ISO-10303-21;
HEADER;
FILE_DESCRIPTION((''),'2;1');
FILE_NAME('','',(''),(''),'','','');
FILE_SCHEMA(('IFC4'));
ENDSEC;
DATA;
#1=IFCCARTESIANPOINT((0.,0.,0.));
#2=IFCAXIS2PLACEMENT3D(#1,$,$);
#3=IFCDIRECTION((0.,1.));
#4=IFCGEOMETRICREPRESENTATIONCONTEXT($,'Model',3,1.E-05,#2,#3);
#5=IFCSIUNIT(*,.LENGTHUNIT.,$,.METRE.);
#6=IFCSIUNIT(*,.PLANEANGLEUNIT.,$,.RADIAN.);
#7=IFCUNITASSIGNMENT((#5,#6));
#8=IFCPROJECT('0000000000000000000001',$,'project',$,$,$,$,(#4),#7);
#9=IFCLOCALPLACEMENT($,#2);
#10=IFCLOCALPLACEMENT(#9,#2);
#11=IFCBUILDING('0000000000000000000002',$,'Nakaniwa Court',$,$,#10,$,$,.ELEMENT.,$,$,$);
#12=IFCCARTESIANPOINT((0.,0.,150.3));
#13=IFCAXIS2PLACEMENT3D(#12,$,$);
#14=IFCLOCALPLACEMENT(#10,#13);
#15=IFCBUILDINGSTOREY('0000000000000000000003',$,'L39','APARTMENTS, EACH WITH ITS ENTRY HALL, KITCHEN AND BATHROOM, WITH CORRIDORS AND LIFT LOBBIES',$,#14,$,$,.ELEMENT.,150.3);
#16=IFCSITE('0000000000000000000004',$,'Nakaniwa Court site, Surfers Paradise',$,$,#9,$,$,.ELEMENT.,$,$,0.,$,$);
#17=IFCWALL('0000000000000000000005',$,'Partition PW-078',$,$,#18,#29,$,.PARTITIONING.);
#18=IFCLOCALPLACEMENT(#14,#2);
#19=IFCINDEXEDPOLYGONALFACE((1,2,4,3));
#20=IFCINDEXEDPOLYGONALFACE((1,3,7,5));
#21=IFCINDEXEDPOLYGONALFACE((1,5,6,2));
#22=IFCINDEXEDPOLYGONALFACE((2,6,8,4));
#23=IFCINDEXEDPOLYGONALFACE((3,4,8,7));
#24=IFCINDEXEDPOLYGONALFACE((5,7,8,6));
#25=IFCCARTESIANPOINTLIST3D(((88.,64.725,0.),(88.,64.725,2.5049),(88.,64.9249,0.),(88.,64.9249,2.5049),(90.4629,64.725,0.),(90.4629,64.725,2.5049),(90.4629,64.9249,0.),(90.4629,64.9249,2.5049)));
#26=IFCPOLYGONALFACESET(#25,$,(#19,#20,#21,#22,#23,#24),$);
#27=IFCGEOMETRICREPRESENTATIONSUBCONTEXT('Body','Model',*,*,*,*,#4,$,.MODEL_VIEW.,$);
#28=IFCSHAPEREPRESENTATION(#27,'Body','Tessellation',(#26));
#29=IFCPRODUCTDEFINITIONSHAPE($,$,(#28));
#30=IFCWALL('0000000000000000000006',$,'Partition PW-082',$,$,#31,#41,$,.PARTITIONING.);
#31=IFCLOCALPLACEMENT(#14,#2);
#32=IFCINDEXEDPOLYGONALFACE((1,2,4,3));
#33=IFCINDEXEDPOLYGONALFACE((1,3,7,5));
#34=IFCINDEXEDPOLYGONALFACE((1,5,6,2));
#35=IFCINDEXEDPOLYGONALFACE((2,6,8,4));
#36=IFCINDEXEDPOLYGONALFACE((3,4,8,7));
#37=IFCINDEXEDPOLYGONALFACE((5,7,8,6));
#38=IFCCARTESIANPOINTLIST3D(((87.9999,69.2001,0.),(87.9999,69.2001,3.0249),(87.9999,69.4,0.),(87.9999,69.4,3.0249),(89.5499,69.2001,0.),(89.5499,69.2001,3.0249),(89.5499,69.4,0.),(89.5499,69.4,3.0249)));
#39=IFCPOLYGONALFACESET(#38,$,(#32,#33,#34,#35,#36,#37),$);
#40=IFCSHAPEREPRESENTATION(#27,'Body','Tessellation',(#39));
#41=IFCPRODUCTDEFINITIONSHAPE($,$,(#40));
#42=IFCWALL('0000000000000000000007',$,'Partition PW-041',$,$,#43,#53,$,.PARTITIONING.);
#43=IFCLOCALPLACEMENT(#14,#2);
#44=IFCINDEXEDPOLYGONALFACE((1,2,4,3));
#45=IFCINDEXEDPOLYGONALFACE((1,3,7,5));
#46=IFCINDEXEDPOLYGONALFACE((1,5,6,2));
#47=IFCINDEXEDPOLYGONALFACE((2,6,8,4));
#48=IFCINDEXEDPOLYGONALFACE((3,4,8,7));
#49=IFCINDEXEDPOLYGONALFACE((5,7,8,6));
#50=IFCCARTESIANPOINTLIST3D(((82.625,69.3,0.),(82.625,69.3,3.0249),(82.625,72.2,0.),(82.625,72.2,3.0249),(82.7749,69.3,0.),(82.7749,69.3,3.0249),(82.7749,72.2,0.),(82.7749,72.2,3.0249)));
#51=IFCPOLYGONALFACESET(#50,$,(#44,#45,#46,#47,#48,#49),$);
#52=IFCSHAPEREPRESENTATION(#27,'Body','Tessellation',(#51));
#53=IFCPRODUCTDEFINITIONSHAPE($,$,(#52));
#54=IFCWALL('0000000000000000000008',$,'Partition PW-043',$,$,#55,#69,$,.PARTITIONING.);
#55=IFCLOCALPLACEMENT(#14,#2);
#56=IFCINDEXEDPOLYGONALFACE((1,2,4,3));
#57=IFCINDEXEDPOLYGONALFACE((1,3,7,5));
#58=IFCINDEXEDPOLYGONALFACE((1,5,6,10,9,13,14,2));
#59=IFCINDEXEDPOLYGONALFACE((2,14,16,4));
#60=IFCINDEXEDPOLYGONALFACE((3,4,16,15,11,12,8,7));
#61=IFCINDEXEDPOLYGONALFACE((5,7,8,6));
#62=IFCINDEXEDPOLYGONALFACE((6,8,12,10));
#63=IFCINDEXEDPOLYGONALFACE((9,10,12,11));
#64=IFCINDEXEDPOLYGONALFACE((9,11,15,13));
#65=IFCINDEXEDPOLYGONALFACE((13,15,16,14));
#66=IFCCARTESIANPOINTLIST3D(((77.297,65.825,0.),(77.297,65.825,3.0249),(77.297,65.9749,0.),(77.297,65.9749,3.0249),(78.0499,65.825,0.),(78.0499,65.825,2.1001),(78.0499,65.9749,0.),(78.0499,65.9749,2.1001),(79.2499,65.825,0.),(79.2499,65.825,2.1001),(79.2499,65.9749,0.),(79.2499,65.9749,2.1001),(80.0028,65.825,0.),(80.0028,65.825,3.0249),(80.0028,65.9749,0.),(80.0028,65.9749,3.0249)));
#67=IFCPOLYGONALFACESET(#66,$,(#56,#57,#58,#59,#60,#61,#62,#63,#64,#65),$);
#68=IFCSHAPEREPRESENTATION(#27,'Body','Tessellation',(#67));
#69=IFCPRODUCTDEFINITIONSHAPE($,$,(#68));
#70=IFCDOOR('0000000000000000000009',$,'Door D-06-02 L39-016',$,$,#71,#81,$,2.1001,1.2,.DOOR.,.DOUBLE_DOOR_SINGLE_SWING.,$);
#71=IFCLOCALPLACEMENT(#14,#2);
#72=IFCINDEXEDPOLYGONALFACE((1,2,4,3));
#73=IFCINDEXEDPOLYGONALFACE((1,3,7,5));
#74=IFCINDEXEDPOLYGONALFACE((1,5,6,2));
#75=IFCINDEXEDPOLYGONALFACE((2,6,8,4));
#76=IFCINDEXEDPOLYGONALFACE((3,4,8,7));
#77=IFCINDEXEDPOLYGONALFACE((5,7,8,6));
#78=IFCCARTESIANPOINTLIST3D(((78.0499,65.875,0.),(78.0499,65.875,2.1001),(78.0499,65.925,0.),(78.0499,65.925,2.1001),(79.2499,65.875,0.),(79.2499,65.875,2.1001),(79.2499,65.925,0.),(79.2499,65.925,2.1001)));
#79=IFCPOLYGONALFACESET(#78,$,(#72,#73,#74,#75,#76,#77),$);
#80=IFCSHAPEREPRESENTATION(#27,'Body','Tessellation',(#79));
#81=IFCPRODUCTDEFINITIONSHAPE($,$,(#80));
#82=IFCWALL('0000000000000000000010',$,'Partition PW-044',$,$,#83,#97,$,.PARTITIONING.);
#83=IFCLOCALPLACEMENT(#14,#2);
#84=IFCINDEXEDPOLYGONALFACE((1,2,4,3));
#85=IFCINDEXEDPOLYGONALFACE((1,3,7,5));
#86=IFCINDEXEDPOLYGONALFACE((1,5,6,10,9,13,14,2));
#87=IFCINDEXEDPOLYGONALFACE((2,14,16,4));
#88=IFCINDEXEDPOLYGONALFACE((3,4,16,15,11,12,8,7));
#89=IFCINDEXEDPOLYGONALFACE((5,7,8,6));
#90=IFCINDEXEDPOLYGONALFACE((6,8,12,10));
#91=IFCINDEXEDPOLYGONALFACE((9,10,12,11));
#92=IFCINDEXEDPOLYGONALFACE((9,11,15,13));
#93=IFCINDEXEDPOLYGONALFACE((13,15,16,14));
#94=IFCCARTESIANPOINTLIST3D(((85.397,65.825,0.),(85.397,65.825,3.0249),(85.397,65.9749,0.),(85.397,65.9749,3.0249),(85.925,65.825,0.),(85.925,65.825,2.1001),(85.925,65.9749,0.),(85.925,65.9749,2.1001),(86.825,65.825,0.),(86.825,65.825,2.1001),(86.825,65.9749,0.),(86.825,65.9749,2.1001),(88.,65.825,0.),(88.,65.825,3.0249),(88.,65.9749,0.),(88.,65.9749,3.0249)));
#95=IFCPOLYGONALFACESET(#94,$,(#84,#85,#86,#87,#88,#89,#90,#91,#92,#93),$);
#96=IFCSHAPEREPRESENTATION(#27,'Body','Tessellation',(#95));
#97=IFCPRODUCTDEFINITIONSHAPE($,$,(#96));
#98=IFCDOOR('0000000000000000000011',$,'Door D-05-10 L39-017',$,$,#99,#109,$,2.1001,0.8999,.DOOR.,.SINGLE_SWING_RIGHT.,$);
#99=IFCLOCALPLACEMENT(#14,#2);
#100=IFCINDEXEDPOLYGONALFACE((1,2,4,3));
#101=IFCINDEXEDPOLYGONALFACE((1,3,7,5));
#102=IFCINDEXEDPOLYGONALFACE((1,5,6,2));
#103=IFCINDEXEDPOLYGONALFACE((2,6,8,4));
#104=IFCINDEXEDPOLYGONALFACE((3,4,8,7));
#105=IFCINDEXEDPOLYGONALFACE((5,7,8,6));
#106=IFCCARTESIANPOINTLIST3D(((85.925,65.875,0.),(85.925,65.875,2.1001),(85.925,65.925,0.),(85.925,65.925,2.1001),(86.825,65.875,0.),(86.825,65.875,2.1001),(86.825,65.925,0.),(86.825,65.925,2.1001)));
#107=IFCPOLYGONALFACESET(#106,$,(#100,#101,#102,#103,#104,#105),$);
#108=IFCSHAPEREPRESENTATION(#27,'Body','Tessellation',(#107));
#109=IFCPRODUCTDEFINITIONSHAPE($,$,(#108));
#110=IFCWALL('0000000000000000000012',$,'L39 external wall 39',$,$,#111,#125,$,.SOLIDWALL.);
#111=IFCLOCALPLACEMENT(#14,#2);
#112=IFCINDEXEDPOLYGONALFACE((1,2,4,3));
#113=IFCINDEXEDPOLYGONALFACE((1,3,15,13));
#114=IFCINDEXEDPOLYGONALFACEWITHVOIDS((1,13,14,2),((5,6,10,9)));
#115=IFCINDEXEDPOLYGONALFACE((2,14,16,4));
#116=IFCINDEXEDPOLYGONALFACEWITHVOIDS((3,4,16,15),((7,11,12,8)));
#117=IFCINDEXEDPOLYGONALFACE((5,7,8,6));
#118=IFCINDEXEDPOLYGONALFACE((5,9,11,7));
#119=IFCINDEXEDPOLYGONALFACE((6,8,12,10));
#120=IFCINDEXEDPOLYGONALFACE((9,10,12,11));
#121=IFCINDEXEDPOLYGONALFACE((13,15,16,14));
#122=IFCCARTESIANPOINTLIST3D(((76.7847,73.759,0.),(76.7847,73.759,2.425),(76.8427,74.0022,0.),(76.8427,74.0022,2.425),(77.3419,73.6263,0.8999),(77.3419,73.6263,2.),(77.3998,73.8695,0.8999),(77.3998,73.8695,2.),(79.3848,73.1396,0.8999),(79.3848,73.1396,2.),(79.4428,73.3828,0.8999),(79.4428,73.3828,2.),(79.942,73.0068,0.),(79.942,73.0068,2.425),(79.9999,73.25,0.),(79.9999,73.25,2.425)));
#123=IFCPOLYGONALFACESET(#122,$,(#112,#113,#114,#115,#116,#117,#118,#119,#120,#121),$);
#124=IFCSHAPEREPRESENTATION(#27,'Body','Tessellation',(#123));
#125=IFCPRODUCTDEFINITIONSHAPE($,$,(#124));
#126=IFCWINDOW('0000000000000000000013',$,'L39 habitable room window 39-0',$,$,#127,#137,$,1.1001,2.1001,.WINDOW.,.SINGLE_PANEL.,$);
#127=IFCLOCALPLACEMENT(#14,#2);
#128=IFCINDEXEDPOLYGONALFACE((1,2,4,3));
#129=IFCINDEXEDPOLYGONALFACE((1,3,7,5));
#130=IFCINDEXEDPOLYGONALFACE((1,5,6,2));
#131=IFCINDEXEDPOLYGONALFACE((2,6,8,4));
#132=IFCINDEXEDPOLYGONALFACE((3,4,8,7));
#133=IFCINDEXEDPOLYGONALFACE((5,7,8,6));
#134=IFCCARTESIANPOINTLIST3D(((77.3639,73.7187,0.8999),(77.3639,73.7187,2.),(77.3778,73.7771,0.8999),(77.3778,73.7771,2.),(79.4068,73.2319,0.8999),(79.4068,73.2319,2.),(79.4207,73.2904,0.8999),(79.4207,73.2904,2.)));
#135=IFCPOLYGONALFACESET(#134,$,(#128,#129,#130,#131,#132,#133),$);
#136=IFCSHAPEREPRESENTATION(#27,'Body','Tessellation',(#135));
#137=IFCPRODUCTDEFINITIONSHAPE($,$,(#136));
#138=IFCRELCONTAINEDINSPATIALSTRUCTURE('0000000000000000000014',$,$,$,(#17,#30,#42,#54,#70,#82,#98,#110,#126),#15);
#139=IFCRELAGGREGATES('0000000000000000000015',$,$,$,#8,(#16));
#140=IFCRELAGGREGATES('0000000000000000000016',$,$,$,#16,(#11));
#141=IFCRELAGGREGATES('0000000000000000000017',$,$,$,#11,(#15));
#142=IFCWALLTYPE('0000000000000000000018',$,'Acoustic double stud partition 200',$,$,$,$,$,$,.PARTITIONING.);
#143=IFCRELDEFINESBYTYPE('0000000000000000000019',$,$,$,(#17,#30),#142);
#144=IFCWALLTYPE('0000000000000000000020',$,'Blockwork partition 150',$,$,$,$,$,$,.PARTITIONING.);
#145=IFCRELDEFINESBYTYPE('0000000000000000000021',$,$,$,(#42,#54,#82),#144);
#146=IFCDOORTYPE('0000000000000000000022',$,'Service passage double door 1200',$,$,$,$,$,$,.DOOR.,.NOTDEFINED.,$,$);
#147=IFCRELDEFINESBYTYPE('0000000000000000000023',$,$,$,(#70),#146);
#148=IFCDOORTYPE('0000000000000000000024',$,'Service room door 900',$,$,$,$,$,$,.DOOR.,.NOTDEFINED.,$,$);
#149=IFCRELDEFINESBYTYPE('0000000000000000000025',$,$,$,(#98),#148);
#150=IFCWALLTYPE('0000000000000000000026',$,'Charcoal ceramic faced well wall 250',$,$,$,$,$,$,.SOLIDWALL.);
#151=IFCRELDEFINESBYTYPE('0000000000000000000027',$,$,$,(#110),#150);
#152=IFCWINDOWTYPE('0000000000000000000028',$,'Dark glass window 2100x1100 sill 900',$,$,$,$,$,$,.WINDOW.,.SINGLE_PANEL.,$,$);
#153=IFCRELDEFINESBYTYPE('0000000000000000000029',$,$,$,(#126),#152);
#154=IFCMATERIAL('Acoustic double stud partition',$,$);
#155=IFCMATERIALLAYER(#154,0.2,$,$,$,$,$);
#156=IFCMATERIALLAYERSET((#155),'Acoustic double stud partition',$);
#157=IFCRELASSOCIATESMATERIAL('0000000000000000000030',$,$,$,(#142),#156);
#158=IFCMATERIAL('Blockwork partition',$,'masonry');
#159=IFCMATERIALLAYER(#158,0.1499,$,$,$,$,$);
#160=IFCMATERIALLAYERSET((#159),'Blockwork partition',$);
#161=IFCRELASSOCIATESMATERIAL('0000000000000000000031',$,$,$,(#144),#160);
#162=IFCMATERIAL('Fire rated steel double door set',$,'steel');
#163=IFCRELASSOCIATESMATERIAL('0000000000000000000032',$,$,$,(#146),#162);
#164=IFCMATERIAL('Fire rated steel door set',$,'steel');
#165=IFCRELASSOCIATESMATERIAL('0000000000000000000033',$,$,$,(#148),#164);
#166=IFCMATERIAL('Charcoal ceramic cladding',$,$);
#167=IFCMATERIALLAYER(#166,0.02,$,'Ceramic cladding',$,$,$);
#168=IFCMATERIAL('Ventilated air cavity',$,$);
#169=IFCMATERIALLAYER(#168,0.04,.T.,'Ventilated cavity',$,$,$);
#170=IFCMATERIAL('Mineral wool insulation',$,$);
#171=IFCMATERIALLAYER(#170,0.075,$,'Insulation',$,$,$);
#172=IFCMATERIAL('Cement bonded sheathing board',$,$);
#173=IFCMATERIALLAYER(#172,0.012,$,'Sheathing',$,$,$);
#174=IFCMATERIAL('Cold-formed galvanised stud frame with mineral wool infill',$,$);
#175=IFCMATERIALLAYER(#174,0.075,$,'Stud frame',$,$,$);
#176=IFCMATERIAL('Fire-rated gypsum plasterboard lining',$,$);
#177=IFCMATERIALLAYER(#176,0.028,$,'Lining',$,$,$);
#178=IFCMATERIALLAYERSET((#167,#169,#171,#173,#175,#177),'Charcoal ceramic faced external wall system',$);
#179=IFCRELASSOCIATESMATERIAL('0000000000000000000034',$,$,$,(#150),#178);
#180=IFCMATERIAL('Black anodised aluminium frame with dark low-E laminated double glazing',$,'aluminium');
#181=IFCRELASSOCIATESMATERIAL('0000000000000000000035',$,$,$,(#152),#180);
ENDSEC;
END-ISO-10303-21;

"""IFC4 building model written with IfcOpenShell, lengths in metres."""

from ifc_helpers import new_model, si_unit, direction, frame, frame_2d, origin, place, context, subcontext, project, spatial, rectangle, extrude, material, layer, layer_set, type_object, element, fill, save


model = new_model("IFC4")

# Units and contexts
model_context = context("Model", 3, precision=1e-05, world=origin(), true_north=direction((0.0, 1.0)))
body_context = subcontext(model_context, "Body", "Model", "MODEL_VIEW")
ifc_project = project(units=[si_unit("LENGTHUNIT", "METRE"), si_unit("PLANEANGLEUNIT", "RADIAN")], contexts=[model_context])

# Site, building, storey
site_placement = place(None, origin())
site = spatial("IfcSite", under=ifc_project, at=site_placement, Name="Nakaniwa Court site, Surfers Paradise", CompositionType="ELEMENT", RefElevation=0.0)
building_placement = place(site_placement, origin())
building = spatial("IfcBuilding", under=site, at=building_placement, Name="Nakaniwa Court", CompositionType="ELEMENT")
storey_placement = place(building_placement, frame((0.0, 0.0, 150.3)))
storey = spatial("IfcBuildingStorey", under=building, at=storey_placement, Name="L39", Description="APARTMENTS, EACH WITH ITS ENTRY HALL, KITCHEN AND BATHROOM, WITH CORRIDORS AND LIFT LOBBIES", CompositionType="ELEMENT", Elevation=150.3)

# Walls
ifc_material_1 = material(Name="Acoustic double stud partition")
ifc_layer_1 = layer(ifc_material_1, 0.2)
ifc_layer_set_1 = layer_set([ifc_layer_1], Name="Acoustic double stud partition")
wall_type_1 = type_object("IfcWallType", Name="Acoustic double stud partition 200", PredefinedType="PARTITIONING", material=ifc_layer_set_1)
wall_1_placement = place(storey_placement, frame((88.0, 64.825, 0.0), z_axis=(0.0, 0.0, 1.0), x_axis=(1.0, 0.0, 0.0)))
element("IfcWall", 1, at=wall_1_placement, inside=storey, type_object=wall_type_1, Name="Partition PW-078", PredefinedType="PARTITIONING", context=body_context, shape_type="SweptSolid", body=[
    extrude(rectangle(XDim=2.4629, YDim=0.2, at=frame_2d((1.2314, 0.0))), origin(), (0.0, 0.0, 1.0), 2.5049),
])
wall_2_placement = place(storey_placement, frame((88.0, 69.3, 0.0), z_axis=(0.0, 0.0, 1.0), x_axis=(1.0, 0.0, 0.0)))
element("IfcWall", 2, at=wall_2_placement, inside=storey, type_object=wall_type_1, Name="Partition PW-082", PredefinedType="PARTITIONING", context=body_context, shape_type="SweptSolid", body=[
    extrude(rectangle(XDim=1.55, YDim=0.2, at=frame_2d((0.7749, 0.0))), origin(), (0.0, 0.0, 1.0), 3.0249),
])
ifc_material_2 = material(Name="Blockwork partition", Category="masonry")
ifc_layer_2 = layer(ifc_material_2, 0.1499)
ifc_layer_set_2 = layer_set([ifc_layer_2], Name="Blockwork partition")
wall_type_2 = type_object("IfcWallType", Name="Blockwork partition 150", PredefinedType="PARTITIONING", material=ifc_layer_set_2)
wall_3_placement = place(storey_placement, frame((82.7, 69.3, 0.0), z_axis=(0.0, 0.0, 1.0), x_axis=(0.0, 1.0, 0.0)))
element("IfcWall", 3, at=wall_3_placement, inside=storey, type_object=wall_type_2, Name="Partition PW-041", PredefinedType="PARTITIONING", context=body_context, shape_type="SweptSolid", body=[
    extrude(rectangle(XDim=2.8999, YDim=0.1499, at=frame_2d((1.45, 0.0))), origin(), (0.0, 0.0, 1.0), 3.0249),
])

# Walls, openings, doors
wall_4_placement = place(storey_placement, frame((80.0029, 65.8999, 0.0), z_axis=(0.0, 0.0, 1.0), x_axis=(-1.0, 0.0, 0.0)))
wall_4 = element("IfcWall", 4, at=wall_4_placement, inside=storey, type_object=wall_type_2, Name="Partition PW-043", PredefinedType="PARTITIONING", context=body_context, shape_type="SweptSolid", body=[
    extrude(rectangle(XDim=2.7058, YDim=0.1499, at=frame_2d((1.353, 0.0))), origin(), (0.0, 0.0, 1.0), 3.0249),
])
opening_1_placement = place(wall_4_placement, frame((0.7529, 0.0, 0.0)))
opening_1 = element("IfcOpeningElement", 5, at=opening_1_placement, cuts=wall_4, PredefinedType="OPENING", context=body_context, shape_type="SweptSolid", body=[
    extrude(rectangle(XDim=1.2, YDim=2.1001, at=frame_2d((0.6001, 1.05))), frame((0.0, 0.085, 0.0), z_axis=(0.0, -1.0, 0.0), x_axis=(1.0, 0.0, 0.0)), (0.0, 0.0, 1.0), 0.1699),
])
ifc_material_3 = material(Name="Fire rated steel double door set", Category="steel")
door_type_1 = type_object("IfcDoorType", Name="Service passage double door 1200", OperationType="NOTDEFINED", PredefinedType="DOOR", material=ifc_material_3)
door_1_placement = place(opening_1_placement, origin())
door_1 = element("IfcDoor", 6, at=door_1_placement, inside=storey, type_object=door_type_1, Name="Door D-06-02 L39-016", OperationType="DOUBLE_DOOR_SINGLE_SWING", OverallHeight=2.1001, OverallWidth=1.2, PredefinedType="DOOR", context=body_context, shape_type="SweptSolid", body=[
    extrude(rectangle(XDim=1.2, YDim=2.1001, at=frame_2d((0.6001, 1.05))), frame((0.0, 0.0249, 0.0), z_axis=(0.0, -1.0, 0.0), x_axis=(1.0, 0.0, 0.0)), (0.0, 0.0, 1.0), 0.05),
])
fill(opening_1, door_1)
wall_5_placement = place(storey_placement, frame((88.0, 65.8999, 0.0), z_axis=(0.0, 0.0, 1.0), x_axis=(-1.0, 0.0, 0.0)))
wall_5 = element("IfcWall", 7, at=wall_5_placement, inside=storey, type_object=wall_type_2, Name="Partition PW-044", PredefinedType="PARTITIONING", context=body_context, shape_type="SweptSolid", body=[
    extrude(rectangle(XDim=2.603, YDim=0.1499, at=frame_2d((1.3015, 0.0))), origin(), (0.0, 0.0, 1.0), 3.0249),
])
opening_2_placement = place(wall_5_placement, frame((1.175, 0.0, 0.0)))
opening_2 = element("IfcOpeningElement", 8, at=opening_2_placement, cuts=wall_5, PredefinedType="OPENING", context=body_context, shape_type="SweptSolid", body=[
    extrude(rectangle(XDim=0.8999, YDim=2.1001, at=frame_2d((0.45, 1.05))), frame((0.0, 0.085, 0.0), z_axis=(0.0, -1.0, 0.0), x_axis=(1.0, 0.0, 0.0)), (0.0, 0.0, 1.0), 0.1699),
])
ifc_material_4 = material(Name="Fire rated steel door set", Category="steel")
door_type_2 = type_object("IfcDoorType", Name="Service room door 900", OperationType="NOTDEFINED", PredefinedType="DOOR", material=ifc_material_4)
door_2_placement = place(opening_2_placement, origin())
door_2 = element("IfcDoor", 9, at=door_2_placement, inside=storey, type_object=door_type_2, Name="Door D-05-10 L39-017", OperationType="SINGLE_SWING_RIGHT", OverallHeight=2.1001, OverallWidth=0.8999, PredefinedType="DOOR", context=body_context, shape_type="SweptSolid", body=[
    extrude(rectangle(XDim=0.8999, YDim=2.1001, at=frame_2d((0.45, 1.05))), frame((0.0, 0.0249, 0.0), z_axis=(0.0, -1.0, 0.0), x_axis=(1.0, 0.0, 0.0)), (0.0, 0.0, 1.0), 0.05),
])
fill(opening_2, door_2)

# Wall, opening, window
ifc_material_5 = material(Name="Charcoal ceramic cladding")
ifc_layer_3 = layer(ifc_material_5, 0.02, Name="Ceramic cladding")
ifc_material_6 = material(Name="Ventilated air cavity")
ifc_layer_4 = layer(ifc_material_6, 0.04, ventilated=True, Name="Ventilated cavity")
ifc_material_7 = material(Name="Mineral wool insulation")
ifc_layer_5 = layer(ifc_material_7, 0.075, Name="Insulation")
ifc_material_8 = material(Name="Cement bonded sheathing board")
ifc_layer_6 = layer(ifc_material_8, 0.012, Name="Sheathing")
ifc_material_9 = material(Name="Cold-formed galvanised stud frame with mineral wool infill")
ifc_layer_7 = layer(ifc_material_9, 0.075, Name="Stud frame")
ifc_material_10 = material(Name="Fire-rated gypsum plasterboard lining")
ifc_layer_8 = layer(ifc_material_10, 0.028, Name="Lining")
ifc_layer_set_3 = layer_set([ifc_layer_3, ifc_layer_4, ifc_layer_5, ifc_layer_6, ifc_layer_7, ifc_layer_8], Name="Charcoal ceramic faced external wall system")
wall_type_3 = type_object("IfcWallType", Name="Charcoal ceramic faced well wall 250", PredefinedType="SOLIDWALL", material=ifc_layer_set_3)
wall_6_placement = place(storey_placement, frame((79.9709, 73.1284, 0.0), z_axis=(0.0, 0.0, 1.0), x_axis=(-0.972773, 0.23176, 0.0)))
wall_6 = element("IfcWall", 10, at=wall_6_placement, inside=storey, type_object=wall_type_3, Name="L39 external wall 39", PredefinedType="SOLIDWALL", context=body_context, shape_type="SweptSolid", body=[
    extrude(rectangle(XDim=3.2456, YDim=0.25, at=frame_2d((1.6228, 0.0))), origin(), (0.0, 0.0, 1.0), 2.425),
])
opening_3_placement = place(wall_6_placement, frame((0.5728, 0.0, 0.8999)))
opening_3 = element("IfcOpeningElement", 11, at=opening_3_placement, cuts=wall_6, PredefinedType="OPENING", context=body_context, shape_type="SweptSolid", body=[
    extrude(rectangle(XDim=2.1001, YDim=1.1001, at=frame_2d((1.05, 0.55))), frame((0.0, 0.135, 0.0), z_axis=(0.0, -1.0, 0.0), x_axis=(1.0, 0.0, 0.0)), (0.0, 0.0, 1.0), 0.27),
])
ifc_material_11 = material(Name="Black anodised aluminium frame with dark low-E laminated double glazing", Category="aluminium")
window_type = type_object("IfcWindowType", Name="Dark glass window 2100x1100 sill 900", PartitioningType="SINGLE_PANEL", PredefinedType="WINDOW", material=ifc_material_11)
window_placement = place(opening_3_placement, origin())
window = element("IfcWindow", 12, at=window_placement, inside=storey, type_object=window_type, Name="L39 habitable room window 39-0", OverallHeight=1.1001, OverallWidth=2.1001, PartitioningType="SINGLE_PANEL", PredefinedType="WINDOW", context=body_context, shape_type="SweptSolid", body=[
    extrude(rectangle(XDim=2.1001, YDim=1.1001, at=frame_2d((1.05, 0.55))), frame((0.0, 0.03, 0.0), z_axis=(0.0, -1.0, 0.0), x_axis=(1.0, 0.0, 0.0)), (0.0, 0.0, 1.0), 0.0601),
])
fill(opening_3, window)

save(model, "model.ifc")
